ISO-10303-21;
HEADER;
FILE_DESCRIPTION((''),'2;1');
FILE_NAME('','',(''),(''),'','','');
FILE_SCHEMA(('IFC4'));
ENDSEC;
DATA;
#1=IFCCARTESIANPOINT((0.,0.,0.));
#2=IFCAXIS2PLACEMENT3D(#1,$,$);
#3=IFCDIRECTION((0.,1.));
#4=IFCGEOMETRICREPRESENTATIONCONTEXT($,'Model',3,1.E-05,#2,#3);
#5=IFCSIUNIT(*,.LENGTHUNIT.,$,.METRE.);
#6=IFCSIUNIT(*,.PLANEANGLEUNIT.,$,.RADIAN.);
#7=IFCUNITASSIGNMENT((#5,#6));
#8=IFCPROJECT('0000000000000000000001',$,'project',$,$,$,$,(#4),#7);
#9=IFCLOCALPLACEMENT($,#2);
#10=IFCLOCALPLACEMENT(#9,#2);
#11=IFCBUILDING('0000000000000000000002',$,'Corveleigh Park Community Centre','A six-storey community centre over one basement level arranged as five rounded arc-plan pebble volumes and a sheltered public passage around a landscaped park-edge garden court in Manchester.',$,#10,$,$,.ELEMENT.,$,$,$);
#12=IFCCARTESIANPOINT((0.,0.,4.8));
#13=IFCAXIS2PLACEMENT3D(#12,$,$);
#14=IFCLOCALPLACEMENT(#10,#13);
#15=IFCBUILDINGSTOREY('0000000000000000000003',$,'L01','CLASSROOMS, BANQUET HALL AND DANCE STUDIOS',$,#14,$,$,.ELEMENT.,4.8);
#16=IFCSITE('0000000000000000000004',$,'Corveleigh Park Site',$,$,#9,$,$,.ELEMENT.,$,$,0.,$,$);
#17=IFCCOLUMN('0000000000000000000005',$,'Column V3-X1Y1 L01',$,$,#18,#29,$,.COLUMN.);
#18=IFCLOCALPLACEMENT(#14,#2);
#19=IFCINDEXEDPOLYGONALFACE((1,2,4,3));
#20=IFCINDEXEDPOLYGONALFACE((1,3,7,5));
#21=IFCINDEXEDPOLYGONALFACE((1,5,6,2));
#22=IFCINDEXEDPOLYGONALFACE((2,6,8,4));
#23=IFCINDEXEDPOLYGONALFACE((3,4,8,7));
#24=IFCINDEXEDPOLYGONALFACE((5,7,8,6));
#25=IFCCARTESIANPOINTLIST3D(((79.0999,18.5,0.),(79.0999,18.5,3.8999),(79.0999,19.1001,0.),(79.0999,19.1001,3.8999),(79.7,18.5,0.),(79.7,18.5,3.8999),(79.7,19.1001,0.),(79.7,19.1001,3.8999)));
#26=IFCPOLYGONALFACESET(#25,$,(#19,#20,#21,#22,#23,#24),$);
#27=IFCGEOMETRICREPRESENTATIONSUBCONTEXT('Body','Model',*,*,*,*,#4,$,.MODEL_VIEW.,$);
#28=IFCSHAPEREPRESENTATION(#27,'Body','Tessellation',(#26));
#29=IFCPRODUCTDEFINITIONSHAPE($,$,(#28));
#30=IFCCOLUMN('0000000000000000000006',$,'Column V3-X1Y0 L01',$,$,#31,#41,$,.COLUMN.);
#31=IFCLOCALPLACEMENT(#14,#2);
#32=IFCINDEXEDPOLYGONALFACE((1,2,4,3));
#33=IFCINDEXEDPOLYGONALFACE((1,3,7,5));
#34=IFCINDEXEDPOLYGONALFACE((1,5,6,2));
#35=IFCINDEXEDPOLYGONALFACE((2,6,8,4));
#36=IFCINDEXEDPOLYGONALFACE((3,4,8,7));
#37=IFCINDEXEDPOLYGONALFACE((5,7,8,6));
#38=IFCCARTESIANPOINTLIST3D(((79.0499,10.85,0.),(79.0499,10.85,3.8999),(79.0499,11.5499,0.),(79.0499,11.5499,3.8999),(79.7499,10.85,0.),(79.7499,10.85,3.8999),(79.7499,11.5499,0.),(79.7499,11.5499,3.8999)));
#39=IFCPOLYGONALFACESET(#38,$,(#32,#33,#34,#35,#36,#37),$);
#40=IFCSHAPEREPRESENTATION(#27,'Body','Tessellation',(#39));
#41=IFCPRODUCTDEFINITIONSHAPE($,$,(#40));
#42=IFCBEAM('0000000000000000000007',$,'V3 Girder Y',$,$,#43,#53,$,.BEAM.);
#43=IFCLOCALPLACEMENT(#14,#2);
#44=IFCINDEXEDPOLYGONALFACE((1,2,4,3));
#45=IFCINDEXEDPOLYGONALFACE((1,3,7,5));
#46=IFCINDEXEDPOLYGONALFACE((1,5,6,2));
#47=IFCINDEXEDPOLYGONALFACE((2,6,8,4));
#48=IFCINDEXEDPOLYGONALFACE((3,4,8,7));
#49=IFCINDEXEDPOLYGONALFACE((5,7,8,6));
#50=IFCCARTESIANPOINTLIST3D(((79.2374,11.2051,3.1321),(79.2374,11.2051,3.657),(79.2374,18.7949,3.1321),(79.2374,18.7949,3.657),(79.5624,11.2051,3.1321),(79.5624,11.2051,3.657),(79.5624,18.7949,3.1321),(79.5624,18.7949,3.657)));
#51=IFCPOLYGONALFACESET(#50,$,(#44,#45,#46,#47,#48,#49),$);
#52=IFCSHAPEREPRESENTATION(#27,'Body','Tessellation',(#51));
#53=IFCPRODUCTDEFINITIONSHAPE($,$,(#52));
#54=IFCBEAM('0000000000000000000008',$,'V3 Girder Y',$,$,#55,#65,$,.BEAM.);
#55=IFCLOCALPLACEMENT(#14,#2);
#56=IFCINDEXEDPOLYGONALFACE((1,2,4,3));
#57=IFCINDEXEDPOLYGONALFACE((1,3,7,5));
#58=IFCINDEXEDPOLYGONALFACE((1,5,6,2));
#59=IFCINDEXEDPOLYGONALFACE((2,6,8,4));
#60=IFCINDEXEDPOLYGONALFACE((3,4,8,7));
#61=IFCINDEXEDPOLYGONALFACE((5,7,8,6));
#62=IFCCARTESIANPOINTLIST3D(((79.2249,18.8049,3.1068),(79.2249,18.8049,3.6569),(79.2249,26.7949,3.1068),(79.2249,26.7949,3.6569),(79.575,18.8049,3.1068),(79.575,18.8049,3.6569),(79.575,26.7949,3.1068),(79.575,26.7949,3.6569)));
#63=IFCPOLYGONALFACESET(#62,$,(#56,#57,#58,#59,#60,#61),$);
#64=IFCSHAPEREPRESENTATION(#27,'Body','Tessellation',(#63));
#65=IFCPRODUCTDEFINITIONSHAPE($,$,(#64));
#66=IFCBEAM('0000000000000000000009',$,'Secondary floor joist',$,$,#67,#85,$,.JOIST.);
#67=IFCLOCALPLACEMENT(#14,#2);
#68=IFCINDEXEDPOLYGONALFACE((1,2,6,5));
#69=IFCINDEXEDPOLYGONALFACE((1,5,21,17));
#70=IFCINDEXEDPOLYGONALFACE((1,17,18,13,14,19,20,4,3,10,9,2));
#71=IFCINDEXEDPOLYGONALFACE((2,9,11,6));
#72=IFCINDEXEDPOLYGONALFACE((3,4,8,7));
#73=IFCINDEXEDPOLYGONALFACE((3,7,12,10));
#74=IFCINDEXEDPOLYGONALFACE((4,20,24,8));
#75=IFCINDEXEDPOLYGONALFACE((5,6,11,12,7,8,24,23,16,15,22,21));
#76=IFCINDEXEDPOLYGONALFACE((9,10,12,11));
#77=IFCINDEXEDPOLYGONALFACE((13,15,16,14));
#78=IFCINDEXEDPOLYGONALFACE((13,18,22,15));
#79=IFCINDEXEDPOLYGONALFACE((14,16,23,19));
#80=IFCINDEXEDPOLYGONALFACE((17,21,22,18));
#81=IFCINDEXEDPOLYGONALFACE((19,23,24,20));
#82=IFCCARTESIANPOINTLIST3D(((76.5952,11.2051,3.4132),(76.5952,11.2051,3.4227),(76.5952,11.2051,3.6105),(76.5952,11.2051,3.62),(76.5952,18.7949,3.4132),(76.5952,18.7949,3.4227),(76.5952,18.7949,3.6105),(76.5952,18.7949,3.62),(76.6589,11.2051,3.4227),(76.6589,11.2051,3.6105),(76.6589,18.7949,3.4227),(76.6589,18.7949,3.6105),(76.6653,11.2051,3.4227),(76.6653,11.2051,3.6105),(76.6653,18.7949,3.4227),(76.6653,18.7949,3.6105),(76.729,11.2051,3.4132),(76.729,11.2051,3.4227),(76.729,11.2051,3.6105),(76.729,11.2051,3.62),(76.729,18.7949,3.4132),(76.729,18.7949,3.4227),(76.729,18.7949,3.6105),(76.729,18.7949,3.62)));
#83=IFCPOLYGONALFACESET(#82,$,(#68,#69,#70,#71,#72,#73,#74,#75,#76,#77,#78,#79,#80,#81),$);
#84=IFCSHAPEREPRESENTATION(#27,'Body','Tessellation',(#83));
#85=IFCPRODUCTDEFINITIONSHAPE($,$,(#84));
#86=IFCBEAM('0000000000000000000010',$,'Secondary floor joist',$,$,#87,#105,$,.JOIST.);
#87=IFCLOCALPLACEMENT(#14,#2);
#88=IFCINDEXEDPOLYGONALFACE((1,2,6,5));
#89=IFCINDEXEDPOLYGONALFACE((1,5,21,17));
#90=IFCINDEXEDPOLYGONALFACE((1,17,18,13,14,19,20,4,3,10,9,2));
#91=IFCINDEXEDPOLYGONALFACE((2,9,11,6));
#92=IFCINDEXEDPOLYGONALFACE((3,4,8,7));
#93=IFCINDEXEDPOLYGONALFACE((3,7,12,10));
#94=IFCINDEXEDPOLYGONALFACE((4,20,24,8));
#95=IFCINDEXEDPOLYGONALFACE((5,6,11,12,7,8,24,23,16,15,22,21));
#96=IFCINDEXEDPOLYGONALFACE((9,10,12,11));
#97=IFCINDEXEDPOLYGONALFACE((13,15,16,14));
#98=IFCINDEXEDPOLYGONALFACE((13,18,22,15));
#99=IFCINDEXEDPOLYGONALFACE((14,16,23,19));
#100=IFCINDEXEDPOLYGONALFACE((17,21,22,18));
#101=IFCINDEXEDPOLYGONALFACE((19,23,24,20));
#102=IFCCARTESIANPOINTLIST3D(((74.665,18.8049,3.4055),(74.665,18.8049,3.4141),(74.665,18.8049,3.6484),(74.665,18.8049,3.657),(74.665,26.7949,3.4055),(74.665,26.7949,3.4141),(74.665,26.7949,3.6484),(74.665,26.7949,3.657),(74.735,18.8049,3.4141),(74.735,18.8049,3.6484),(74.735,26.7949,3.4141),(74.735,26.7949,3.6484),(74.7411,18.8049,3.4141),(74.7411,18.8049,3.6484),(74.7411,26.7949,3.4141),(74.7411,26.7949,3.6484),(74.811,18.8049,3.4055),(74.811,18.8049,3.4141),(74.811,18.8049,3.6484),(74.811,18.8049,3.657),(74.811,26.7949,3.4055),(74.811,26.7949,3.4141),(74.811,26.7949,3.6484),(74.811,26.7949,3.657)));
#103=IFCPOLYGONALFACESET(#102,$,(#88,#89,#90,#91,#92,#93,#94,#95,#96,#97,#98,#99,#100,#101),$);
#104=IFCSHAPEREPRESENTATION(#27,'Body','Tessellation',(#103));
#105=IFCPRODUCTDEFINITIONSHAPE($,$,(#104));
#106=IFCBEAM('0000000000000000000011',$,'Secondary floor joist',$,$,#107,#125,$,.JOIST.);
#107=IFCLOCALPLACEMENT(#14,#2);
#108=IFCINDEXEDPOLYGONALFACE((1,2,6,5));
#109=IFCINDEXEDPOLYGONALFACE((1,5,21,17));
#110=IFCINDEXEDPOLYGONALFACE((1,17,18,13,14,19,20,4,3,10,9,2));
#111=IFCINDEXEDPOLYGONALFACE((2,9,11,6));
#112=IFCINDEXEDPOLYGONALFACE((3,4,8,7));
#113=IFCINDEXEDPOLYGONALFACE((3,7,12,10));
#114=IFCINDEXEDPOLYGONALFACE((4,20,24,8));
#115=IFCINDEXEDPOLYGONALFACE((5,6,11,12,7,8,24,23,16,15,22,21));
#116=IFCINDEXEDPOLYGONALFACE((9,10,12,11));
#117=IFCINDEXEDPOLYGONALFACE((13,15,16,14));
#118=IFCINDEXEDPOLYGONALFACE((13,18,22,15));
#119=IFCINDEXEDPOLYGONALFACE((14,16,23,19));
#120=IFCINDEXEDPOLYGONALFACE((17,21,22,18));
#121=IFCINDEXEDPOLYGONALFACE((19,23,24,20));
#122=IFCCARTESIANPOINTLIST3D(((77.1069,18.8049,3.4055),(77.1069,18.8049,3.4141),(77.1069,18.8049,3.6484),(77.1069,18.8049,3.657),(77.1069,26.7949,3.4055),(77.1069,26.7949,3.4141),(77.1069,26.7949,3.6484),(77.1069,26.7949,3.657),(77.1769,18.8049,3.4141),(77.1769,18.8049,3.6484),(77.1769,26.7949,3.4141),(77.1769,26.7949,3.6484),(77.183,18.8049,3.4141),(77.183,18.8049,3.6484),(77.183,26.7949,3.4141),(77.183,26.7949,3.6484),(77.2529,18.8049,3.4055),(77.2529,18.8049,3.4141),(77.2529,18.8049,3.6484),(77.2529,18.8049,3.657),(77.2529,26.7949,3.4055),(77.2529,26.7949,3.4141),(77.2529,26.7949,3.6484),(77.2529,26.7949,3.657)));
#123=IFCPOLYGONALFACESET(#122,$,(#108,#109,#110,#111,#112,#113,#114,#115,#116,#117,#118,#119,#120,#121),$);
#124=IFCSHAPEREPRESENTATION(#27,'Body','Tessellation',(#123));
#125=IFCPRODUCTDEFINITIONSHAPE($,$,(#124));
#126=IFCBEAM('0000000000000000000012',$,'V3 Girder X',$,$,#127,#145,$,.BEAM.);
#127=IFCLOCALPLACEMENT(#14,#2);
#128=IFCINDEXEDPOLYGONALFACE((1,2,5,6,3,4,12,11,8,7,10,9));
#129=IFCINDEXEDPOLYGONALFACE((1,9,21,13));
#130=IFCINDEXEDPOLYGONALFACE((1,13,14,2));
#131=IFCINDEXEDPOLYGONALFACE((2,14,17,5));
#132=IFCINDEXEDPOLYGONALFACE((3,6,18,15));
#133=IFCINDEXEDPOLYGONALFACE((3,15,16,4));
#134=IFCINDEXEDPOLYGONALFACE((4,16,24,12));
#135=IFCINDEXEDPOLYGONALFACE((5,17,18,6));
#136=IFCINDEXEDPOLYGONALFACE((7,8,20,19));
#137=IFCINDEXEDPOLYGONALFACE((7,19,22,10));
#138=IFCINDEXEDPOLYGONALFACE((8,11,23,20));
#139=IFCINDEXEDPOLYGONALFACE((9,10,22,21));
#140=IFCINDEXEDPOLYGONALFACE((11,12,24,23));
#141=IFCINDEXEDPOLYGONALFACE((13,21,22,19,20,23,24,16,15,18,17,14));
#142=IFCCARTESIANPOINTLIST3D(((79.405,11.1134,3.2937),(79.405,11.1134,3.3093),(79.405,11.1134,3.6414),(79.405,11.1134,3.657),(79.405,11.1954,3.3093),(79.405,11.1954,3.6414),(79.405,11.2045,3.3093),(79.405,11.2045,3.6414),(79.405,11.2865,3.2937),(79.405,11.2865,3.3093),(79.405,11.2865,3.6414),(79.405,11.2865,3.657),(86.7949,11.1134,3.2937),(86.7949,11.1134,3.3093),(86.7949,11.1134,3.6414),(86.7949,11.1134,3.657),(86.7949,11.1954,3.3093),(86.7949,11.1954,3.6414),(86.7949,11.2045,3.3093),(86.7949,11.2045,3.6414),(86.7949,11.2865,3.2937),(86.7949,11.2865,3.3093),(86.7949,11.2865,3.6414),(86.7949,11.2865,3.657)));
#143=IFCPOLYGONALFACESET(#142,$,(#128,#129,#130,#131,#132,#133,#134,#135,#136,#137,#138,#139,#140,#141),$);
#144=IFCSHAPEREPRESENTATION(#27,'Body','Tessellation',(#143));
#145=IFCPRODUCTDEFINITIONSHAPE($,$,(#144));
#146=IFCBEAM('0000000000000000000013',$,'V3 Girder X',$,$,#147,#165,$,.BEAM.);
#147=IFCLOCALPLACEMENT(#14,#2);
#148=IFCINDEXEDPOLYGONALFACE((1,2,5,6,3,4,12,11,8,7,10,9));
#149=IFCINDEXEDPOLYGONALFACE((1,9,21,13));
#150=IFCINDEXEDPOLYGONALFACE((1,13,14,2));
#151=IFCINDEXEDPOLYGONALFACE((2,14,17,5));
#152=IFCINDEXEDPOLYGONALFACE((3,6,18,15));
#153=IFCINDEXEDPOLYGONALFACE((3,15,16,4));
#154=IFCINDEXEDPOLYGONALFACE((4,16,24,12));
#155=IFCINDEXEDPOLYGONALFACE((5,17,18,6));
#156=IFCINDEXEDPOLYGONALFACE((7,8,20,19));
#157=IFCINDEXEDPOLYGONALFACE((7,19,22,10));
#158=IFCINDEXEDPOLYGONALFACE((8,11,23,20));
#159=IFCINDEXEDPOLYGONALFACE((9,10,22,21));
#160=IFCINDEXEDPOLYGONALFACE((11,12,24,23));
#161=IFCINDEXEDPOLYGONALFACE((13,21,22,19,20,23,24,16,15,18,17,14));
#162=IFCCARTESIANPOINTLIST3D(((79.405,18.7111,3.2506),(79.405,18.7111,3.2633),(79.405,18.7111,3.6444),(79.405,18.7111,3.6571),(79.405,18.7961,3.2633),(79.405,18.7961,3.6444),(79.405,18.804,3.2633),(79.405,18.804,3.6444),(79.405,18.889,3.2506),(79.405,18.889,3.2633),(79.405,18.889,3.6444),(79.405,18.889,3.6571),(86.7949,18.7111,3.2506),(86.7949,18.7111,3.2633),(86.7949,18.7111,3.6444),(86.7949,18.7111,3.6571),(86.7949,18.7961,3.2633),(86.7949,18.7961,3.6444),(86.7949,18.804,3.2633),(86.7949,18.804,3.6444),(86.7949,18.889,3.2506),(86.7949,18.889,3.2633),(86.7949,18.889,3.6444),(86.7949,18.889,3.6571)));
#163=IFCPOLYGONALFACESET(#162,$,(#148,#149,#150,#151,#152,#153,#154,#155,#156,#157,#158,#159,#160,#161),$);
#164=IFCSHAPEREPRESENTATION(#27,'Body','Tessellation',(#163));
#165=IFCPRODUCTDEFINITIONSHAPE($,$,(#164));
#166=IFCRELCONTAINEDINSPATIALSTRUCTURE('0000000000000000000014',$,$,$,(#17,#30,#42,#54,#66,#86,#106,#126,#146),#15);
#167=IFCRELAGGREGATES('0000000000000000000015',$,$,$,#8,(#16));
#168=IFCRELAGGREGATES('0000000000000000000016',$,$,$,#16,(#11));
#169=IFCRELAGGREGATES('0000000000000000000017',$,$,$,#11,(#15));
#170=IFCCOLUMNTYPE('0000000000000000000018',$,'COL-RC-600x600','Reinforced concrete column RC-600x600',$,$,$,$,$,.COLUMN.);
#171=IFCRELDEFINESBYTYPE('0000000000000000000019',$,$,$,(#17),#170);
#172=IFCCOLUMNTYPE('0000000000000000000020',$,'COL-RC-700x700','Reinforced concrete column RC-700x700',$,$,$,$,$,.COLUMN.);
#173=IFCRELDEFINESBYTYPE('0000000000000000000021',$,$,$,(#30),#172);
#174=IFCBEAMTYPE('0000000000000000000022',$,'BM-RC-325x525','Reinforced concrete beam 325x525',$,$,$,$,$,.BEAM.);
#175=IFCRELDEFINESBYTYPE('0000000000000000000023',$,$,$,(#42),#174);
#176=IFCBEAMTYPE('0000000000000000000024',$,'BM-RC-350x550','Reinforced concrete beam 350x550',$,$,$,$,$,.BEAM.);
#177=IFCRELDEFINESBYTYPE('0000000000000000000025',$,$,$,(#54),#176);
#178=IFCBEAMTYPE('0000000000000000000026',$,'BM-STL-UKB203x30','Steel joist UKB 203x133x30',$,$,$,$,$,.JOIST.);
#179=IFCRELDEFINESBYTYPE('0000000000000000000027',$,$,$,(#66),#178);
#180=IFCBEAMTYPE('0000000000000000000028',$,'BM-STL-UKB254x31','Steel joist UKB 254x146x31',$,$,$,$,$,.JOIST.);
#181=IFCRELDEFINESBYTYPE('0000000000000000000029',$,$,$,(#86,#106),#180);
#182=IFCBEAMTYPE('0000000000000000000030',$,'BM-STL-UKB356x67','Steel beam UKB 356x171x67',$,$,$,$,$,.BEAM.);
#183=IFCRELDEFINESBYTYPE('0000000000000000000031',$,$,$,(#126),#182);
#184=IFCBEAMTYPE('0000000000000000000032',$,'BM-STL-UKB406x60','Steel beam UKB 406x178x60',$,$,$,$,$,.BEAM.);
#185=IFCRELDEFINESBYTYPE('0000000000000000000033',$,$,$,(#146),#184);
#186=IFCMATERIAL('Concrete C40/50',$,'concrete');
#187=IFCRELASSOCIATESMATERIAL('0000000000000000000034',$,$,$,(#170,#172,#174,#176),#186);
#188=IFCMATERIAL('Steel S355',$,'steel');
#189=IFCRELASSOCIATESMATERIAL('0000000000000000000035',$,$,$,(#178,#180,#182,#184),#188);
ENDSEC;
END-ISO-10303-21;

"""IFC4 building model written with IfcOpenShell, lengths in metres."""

from ifc_helpers import new_model, si_unit, direction, frame, origin, origin_2d, place, context, subcontext, project, spatial, rectangle, i_section, extrude, material, material_profile, profile_set, type_object, element, save


model = new_model("IFC4")

# Units and contexts
model_context = context("Model", 3, precision=1e-05, world=origin(), true_north=direction((0.0, 1.0)))
body_context = subcontext(model_context, "Body", "Model", "MODEL_VIEW")
ifc_project = project(units=[si_unit("LENGTHUNIT", "METRE"), si_unit("PLANEANGLEUNIT", "RADIAN")], contexts=[model_context])

# Site, building, storey
site_placement = place(None, origin())
site = spatial("IfcSite", under=ifc_project, at=site_placement, Name="Corveleigh Park Site", CompositionType="ELEMENT", RefElevation=0.0)
building_placement = place(site_placement, origin())
building = spatial("IfcBuilding", under=site, at=building_placement, Name="Corveleigh Park Community Centre", Description="A six-storey community centre over one basement level arranged as five rounded arc-plan pebble volumes and a sheltered public passage around a landscaped park-edge garden court in Manchester.", CompositionType="ELEMENT")
storey_placement = place(building_placement, frame((0.0, 0.0, 4.8)))
storey = spatial("IfcBuildingStorey", under=building, at=storey_placement, Name="L01", Description="CLASSROOMS, BANQUET HALL AND DANCE STUDIOS", CompositionType="ELEMENT", Elevation=4.8)

# Columns
ifc_material_1 = material(Name="Concrete C40/50", Category="concrete")
ifc_material_profile_1 = material_profile(ifc_material_1, rectangle(XDim=0.6001, YDim=0.6001, at=origin_2d()), Name="RC-600x600", Category="concrete")
ifc_profile_set_1 = profile_set([ifc_material_profile_1], Name="Concrete C40/50")
column_type_1 = type_object("IfcColumnType", Name="COL-RC-600x600", Description="Reinforced concrete column RC-600x600", PredefinedType="COLUMN", material=ifc_profile_set_1)
column_1_placement = place(storey_placement, frame((79.3999, 18.8, 0.0), z_axis=(0.0, 0.0, 1.0), x_axis=(1.0, 0.0, 0.0)))
element("IfcColumn", 1, at=column_1_placement, inside=storey, type_object=column_type_1, Name="Column V3-X1Y1 L01", PredefinedType="COLUMN", context=body_context, shape_type="SweptSolid", body=[
    extrude(rectangle(XDim=0.6001, YDim=0.6001, at=origin_2d()), origin(), (0.0, 0.0, 1.0), 3.8999),
])
ifc_material_profile_2 = material_profile(ifc_material_1, rectangle(XDim=0.7, YDim=0.7, at=origin_2d()), Name="RC-700x700", Category="concrete")
ifc_profile_set_2 = profile_set([ifc_material_profile_2], Name="Concrete C40/50")
column_type_2 = type_object("IfcColumnType", Name="COL-RC-700x700", Description="Reinforced concrete column RC-700x700", PredefinedType="COLUMN", material=ifc_profile_set_2)
column_2_placement = place(storey_placement, frame((79.3999, 11.2, 0.0), z_axis=(0.0, 0.0, 1.0), x_axis=(1.0, 0.0, 0.0)))
element("IfcColumn", 2, at=column_2_placement, inside=storey, type_object=column_type_2, Name="Column V3-X1Y0 L01", PredefinedType="COLUMN", context=body_context, shape_type="SweptSolid", body=[
    extrude(rectangle(XDim=0.7, YDim=0.7, at=origin_2d()), origin(), (0.0, 0.0, 1.0), 3.8999),
])

# Beams
ifc_material_profile_3 = material_profile(ifc_material_1, rectangle(XDim=0.325, YDim=0.5249, at=origin_2d()), Name="RC-325x525", Category="concrete")
ifc_profile_set_3 = profile_set([ifc_material_profile_3], Name="Concrete C40/50")
beam_type_1 = type_object("IfcBeamType", Name="BM-RC-325x525", Description="Reinforced concrete beam 325x525", PredefinedType="BEAM", material=ifc_profile_set_3)
beam_1_placement = place(storey_placement, frame((79.3999, 11.2051, 3.3945), z_axis=(0.0, 1.0, 0.0), x_axis=(-1.0, 0.0, 0.0)))
element("IfcBeam", 3, at=beam_1_placement, inside=storey, type_object=beam_type_1, Name="V3 Girder Y", PredefinedType="BEAM", context=body_context, shape_type="SweptSolid", body=[
    extrude(rectangle(XDim=0.325, YDim=0.5249, at=origin_2d()), origin(), (0.0, 0.0, 1.0), 7.5898),
])
ifc_material_profile_4 = material_profile(ifc_material_1, rectangle(XDim=0.3501, YDim=0.55, at=origin_2d()), Name="RC-350x550", Category="concrete")
ifc_profile_set_4 = profile_set([ifc_material_profile_4], Name="Concrete C40/50")
beam_type_2 = type_object("IfcBeamType", Name="BM-RC-350x550", Description="Reinforced concrete beam 350x550", PredefinedType="BEAM", material=ifc_profile_set_4)
beam_2_placement = place(storey_placement, frame((79.3999, 18.8049, 3.3818), z_axis=(0.0, 1.0, 0.0), x_axis=(-1.0, 0.0, 0.0)))
element("IfcBeam", 4, at=beam_2_placement, inside=storey, type_object=beam_type_2, Name="V3 Girder Y", PredefinedType="BEAM", context=body_context, shape_type="SweptSolid", body=[
    extrude(rectangle(XDim=0.3501, YDim=0.55, at=origin_2d()), origin(), (0.0, 0.0, 1.0), 7.99),
])
ifc_material_2 = material(Name="Steel S355", Category="steel")
ifc_material_profile_5 = material_profile(ifc_material_2, i_section(OverallWidth=0.1338, OverallDepth=0.2068, WebThickness=0.0063, FlangeThickness=0.0095, at=origin_2d()), Name="UKB 203x133x30", Category="steel")
ifc_profile_set_5 = profile_set([ifc_material_profile_5], Name="Steel S355")
beam_type_3 = type_object("IfcBeamType", Name="BM-STL-UKB203x30", Description="Steel joist UKB 203x133x30", PredefinedType="JOIST", material=ifc_profile_set_5)
beam_3_placement = place(storey_placement, frame((76.6621, 11.2051, 3.5166), z_axis=(0.0, 1.0, 0.0), x_axis=(-1.0, 0.0, 0.0)))
element("IfcBeam", 5, at=beam_3_placement, inside=storey, type_object=beam_type_3, Name="Secondary floor joist", PredefinedType="JOIST", context=body_context, shape_type="SweptSolid", body=[
    extrude(i_section(OverallWidth=0.1338, OverallDepth=0.2068, WebThickness=0.0063, FlangeThickness=0.0095, at=origin_2d()), origin(), (0.0, 0.0, 1.0), 7.5898),
])
ifc_material_profile_6 = material_profile(ifc_material_2, i_section(OverallWidth=0.146, OverallDepth=0.2515, WebThickness=0.0061, FlangeThickness=0.0085, at=origin_2d()), Name="UKB 254x146x31", Category="steel")
ifc_profile_set_6 = profile_set([ifc_material_profile_6], Name="Steel S355")
beam_type_4 = type_object("IfcBeamType", Name="BM-STL-UKB254x31", Description="Steel joist UKB 254x146x31", PredefinedType="JOIST", material=ifc_profile_set_6)
for number, where, z_axis, x_axis, name in (
    (6, (74.738, 18.8049, 3.5312), (0.0, 1.0, 0.0), (-1.0, 0.0, 0.0), "Secondary floor joist"),
    (7, (77.1799, 18.8049, 3.5312), (0.0, 1.0, 0.0), (-1.0, 0.0, 0.0), "Secondary floor joist"),
):
    element("IfcBeam", number, at=place(storey_placement, frame(where, z_axis=z_axis, x_axis=x_axis)), inside=storey, type_object=beam_type_4, Name=name, PredefinedType="JOIST", context=body_context, shape_type="SweptSolid", body=[
        extrude(i_section(OverallWidth=0.146, OverallDepth=0.2515, WebThickness=0.0061, FlangeThickness=0.0085, at=origin_2d()), origin(), (0.0, 0.0, 1.0), 7.99),
    ])
ifc_material_profile_7 = material_profile(ifc_material_2, i_section(OverallWidth=0.1731, OverallDepth=0.3633, WebThickness=0.009, FlangeThickness=0.0156, at=origin_2d()), Name="UKB 356x171x67", Category="steel")
ifc_profile_set_7 = profile_set([ifc_material_profile_7], Name="Steel S355")
beam_type_5 = type_object("IfcBeamType", Name="BM-STL-UKB356x67", Description="Steel beam UKB 356x171x67", PredefinedType="BEAM", material=ifc_profile_set_7)
beam_4_placement = place(storey_placement, frame((79.405, 11.2, 3.4753), z_axis=(1.0, 0.0, 0.0), x_axis=(0.0, 1.0, 0.0)))
element("IfcBeam", 8, at=beam_4_placement, inside=storey, type_object=beam_type_5, Name="V3 Girder X", PredefinedType="BEAM", context=body_context, shape_type="SweptSolid", body=[
    extrude(i_section(OverallWidth=0.1731, OverallDepth=0.3633, WebThickness=0.009, FlangeThickness=0.0156, at=origin_2d()), origin(), (0.0, 0.0, 1.0), 7.3899),
])
ifc_material_profile_8 = material_profile(ifc_material_2, i_section(OverallWidth=0.178, OverallDepth=0.4065, WebThickness=0.0078, FlangeThickness=0.0127, at=origin_2d()), Name="UKB 406x178x60", Category="steel")
ifc_profile_set_8 = profile_set([ifc_material_profile_8], Name="Steel S355")
beam_type_6 = type_object("IfcBeamType", Name="BM-STL-UKB406x60", Description="Steel beam UKB 406x178x60", PredefinedType="BEAM", material=ifc_profile_set_8)
beam_5_placement = place(storey_placement, frame((79.405, 18.8, 3.4539), z_axis=(1.0, 0.0, 0.0), x_axis=(0.0, 1.0, 0.0)))
element("IfcBeam", 9, at=beam_5_placement, inside=storey, type_object=beam_type_6, Name="V3 Girder X", PredefinedType="BEAM", context=body_context, shape_type="SweptSolid", body=[
    extrude(i_section(OverallWidth=0.178, OverallDepth=0.4065, WebThickness=0.0078, FlangeThickness=0.0127, at=origin_2d()), origin(), (0.0, 0.0, 1.0), 7.3899),
])

save(model, "model.ifc")
